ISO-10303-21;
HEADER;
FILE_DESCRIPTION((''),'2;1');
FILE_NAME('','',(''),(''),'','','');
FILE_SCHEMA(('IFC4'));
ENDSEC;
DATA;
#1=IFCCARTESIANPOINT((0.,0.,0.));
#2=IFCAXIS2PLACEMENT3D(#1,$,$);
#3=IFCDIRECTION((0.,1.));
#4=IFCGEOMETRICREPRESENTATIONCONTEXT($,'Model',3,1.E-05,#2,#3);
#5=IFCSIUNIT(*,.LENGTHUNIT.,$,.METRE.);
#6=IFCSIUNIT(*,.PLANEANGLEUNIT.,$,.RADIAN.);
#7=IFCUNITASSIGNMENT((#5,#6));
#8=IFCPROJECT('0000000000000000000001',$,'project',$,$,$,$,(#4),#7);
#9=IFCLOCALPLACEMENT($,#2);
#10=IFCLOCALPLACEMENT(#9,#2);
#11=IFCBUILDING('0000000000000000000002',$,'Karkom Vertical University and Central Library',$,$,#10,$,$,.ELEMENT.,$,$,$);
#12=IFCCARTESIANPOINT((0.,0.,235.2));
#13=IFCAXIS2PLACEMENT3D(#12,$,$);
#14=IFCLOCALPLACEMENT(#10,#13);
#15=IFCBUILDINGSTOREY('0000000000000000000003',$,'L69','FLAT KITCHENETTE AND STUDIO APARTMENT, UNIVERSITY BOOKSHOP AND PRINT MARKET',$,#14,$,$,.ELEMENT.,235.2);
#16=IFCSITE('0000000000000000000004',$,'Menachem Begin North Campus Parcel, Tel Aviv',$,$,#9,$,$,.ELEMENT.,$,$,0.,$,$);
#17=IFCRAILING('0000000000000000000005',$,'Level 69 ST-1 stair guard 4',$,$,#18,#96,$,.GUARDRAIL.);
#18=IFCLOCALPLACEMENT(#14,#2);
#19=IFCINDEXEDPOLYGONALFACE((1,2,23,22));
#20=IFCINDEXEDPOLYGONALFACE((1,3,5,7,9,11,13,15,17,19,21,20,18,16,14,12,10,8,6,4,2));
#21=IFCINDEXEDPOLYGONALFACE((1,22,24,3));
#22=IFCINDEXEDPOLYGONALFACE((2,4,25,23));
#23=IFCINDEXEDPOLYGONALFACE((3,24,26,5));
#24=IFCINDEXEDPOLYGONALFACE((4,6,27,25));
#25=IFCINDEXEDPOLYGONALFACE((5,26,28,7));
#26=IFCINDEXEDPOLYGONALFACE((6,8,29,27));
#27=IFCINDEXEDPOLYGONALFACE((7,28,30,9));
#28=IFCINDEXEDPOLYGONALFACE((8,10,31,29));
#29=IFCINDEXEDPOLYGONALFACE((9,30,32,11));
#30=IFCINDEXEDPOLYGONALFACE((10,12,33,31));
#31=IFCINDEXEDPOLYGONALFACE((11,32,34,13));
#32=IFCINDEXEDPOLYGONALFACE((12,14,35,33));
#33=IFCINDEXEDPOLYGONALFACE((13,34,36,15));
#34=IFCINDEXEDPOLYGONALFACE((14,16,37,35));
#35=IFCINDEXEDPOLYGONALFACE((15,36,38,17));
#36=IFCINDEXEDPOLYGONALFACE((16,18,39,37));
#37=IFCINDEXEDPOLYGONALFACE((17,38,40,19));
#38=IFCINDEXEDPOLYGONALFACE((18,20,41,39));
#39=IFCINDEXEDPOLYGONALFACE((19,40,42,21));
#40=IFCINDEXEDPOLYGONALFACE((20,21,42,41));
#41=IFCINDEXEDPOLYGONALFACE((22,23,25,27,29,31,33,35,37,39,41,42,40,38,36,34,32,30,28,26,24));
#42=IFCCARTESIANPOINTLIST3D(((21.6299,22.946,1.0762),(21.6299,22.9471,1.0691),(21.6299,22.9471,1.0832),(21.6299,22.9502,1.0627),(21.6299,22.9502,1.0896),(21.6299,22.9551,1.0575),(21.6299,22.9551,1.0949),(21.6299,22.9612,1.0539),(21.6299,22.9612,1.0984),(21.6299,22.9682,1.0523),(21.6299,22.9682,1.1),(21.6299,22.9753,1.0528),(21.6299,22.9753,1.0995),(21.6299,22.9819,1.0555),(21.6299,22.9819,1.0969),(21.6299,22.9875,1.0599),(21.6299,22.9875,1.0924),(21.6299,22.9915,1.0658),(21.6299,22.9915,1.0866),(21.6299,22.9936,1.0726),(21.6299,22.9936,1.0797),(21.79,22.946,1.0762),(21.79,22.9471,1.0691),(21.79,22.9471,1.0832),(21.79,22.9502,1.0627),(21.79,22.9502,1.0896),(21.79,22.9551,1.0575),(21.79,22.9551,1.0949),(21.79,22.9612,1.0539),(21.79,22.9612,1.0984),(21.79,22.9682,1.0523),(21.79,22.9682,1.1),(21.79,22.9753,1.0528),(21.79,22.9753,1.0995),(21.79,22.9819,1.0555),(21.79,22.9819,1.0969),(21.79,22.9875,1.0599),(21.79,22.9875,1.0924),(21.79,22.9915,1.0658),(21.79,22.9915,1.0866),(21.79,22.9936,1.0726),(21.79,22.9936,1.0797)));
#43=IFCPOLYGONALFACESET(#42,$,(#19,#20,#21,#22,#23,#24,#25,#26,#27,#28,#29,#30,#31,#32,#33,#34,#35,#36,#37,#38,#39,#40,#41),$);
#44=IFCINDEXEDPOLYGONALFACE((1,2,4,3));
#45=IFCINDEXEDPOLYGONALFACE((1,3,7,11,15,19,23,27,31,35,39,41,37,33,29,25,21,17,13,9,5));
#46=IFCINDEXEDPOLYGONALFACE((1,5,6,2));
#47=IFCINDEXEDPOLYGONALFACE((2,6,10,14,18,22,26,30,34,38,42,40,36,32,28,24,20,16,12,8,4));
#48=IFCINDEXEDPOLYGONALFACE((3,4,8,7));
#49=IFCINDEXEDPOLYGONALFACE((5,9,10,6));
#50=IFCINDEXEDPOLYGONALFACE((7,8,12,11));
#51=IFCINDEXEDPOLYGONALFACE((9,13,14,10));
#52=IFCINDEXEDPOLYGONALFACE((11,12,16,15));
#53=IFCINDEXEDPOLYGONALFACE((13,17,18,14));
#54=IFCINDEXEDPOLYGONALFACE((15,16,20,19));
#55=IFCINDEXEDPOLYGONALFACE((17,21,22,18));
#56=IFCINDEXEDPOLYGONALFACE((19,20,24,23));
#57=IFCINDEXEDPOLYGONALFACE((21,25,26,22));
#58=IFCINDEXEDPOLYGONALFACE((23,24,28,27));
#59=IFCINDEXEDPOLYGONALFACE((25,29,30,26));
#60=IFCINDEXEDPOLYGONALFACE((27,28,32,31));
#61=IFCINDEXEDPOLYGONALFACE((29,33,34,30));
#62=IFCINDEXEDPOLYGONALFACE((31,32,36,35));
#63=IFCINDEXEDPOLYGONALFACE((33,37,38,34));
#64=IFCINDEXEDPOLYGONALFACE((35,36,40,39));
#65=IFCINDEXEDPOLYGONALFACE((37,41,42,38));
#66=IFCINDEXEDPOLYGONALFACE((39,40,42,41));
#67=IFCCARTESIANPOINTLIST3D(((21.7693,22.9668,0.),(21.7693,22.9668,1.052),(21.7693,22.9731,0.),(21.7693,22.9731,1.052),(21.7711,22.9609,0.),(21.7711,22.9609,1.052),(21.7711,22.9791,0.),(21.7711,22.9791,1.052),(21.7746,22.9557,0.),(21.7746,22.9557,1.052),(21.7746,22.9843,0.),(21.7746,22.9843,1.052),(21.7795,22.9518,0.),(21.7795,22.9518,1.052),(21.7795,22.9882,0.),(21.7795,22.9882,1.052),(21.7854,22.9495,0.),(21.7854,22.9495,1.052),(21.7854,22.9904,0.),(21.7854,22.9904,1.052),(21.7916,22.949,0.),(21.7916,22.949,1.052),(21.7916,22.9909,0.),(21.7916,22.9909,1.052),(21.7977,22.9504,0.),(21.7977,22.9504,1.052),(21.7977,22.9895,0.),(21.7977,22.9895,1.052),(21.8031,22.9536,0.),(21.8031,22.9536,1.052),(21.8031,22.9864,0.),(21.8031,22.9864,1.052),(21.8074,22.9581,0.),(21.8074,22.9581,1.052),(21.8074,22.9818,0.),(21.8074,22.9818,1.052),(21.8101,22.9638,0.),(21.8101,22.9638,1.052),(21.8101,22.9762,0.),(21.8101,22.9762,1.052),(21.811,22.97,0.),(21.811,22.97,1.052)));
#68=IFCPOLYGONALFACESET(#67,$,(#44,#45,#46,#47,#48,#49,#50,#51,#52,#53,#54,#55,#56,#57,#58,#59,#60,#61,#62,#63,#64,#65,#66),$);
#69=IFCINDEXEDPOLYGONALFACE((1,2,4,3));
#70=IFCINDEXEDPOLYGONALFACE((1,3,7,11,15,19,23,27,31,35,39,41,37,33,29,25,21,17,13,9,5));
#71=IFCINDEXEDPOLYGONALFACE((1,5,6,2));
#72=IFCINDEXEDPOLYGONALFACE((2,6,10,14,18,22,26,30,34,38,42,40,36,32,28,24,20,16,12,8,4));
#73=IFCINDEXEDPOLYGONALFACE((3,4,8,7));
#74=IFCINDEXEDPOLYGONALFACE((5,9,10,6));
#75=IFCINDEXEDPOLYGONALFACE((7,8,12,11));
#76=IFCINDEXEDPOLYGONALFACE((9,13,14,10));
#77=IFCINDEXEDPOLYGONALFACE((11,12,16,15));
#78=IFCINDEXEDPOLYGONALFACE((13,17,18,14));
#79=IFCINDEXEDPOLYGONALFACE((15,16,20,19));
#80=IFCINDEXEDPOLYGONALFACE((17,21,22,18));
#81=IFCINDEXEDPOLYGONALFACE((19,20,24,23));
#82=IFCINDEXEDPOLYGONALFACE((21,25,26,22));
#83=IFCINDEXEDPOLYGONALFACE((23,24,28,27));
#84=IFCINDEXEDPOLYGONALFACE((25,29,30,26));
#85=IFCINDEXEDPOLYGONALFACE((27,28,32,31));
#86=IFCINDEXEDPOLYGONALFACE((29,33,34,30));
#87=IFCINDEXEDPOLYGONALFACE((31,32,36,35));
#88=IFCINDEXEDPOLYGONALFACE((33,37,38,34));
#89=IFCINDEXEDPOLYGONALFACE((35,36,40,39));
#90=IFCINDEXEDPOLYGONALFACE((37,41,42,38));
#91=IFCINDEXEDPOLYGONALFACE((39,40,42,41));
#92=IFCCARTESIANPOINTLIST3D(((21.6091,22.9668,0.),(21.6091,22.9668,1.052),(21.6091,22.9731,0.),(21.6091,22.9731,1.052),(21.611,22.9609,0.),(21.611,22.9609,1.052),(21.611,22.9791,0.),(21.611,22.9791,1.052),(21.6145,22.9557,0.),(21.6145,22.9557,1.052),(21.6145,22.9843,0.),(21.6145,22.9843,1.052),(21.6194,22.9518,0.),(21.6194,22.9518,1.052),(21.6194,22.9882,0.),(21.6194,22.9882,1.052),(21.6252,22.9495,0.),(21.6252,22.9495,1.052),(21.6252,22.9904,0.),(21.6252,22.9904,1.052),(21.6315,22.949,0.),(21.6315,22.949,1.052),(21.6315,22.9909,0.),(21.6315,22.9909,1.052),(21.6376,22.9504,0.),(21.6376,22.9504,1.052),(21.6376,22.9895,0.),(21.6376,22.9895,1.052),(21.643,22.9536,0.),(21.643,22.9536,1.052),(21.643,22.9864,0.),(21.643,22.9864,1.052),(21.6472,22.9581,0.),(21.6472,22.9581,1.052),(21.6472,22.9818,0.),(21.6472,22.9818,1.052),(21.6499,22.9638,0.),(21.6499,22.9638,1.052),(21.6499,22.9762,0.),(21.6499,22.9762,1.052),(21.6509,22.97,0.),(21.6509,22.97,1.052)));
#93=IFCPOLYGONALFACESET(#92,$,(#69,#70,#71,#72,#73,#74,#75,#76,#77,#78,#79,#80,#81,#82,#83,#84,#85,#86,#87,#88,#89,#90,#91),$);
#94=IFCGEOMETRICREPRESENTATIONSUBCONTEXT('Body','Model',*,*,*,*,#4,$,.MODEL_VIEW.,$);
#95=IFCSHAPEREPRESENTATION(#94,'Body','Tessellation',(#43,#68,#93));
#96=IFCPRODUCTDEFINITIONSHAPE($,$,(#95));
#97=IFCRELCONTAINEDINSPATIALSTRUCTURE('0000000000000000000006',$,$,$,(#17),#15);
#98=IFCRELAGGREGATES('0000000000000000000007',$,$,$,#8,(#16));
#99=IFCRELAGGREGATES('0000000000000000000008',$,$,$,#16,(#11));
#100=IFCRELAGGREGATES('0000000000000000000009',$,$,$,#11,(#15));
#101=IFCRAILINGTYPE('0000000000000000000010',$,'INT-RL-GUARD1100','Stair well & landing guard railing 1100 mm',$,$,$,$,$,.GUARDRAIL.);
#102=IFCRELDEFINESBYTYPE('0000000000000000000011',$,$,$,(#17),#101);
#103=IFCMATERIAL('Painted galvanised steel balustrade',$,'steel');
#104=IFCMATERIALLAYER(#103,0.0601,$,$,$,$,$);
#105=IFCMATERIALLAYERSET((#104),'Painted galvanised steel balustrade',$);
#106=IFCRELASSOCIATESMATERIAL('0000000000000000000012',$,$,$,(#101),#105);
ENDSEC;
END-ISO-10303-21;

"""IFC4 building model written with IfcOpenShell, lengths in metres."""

from ifc_helpers import new_model, si_unit, direction, frame, origin, origin_2d, place, context, subcontext, project, spatial, circle, extrude, material, layer, layer_set, type_object, element, save


model = new_model("IFC4")

# Units and contexts
model_context = context("Model", 3, precision=1e-05, world=origin(), true_north=direction((0.0, 1.0)))
body_context = subcontext(model_context, "Body", "Model", "MODEL_VIEW")
ifc_project = project(units=[si_unit("LENGTHUNIT", "METRE"), si_unit("PLANEANGLEUNIT", "RADIAN")], contexts=[model_context])

# Site, building, storey
site_placement = place(None, origin())
site = spatial("IfcSite", under=ifc_project, at=site_placement, Name="Menachem Begin North Campus Parcel, Tel Aviv", CompositionType="ELEMENT", RefElevation=0.0)
building_placement = place(site_placement, origin())
building = spatial("IfcBuilding", under=site, at=building_placement, Name="Karkom Vertical University and Central Library", CompositionType="ELEMENT")
storey_placement = place(building_placement, frame((0.0, 0.0, 235.2)))
storey = spatial("IfcBuildingStorey", under=building, at=storey_placement, Name="L69", Description="FLAT KITCHENETTE AND STUDIO APARTMENT, UNIVERSITY BOOKSHOP AND PRINT MARKET", CompositionType="ELEMENT", Elevation=235.2)

# Railing
ifc_material_1 = material(Name="Painted galvanised steel balustrade", Category="steel")
ifc_layer_1 = layer(ifc_material_1, 0.0601)
ifc_layer_set_1 = layer_set([ifc_layer_1], Name="Painted galvanised steel balustrade")
railing_type_1 = type_object("IfcRailingType", Name="INT-RL-GUARD1100", Description="Stair well & landing guard railing 1100 mm", PredefinedType="GUARDRAIL", material=ifc_layer_set_1)
railing_1_placement = place(storey_placement, frame((21.79, 22.97, 0.0)))
element("IfcRailing", 1, at=railing_1_placement, inside=storey, type_object=railing_type_1, Name="Level 69 ST-1 stair guard 4", PredefinedType="GUARDRAIL", context=body_context, shape_type="SweptSolid", body=[
    extrude(circle(Radius=0.0239, at=origin_2d()), frame((0.0, 0.0, 1.0762), z_axis=(-1.0, 0.0, 0.0), x_axis=(0.0, -1.0, 0.0)), (0.0, 0.0, 1.0), 0.1602),
    extrude(circle(Radius=0.021, at=origin_2d()), origin(), (0.0, 0.0, 1.0), 1.052),
    extrude(circle(Radius=0.021, at=origin_2d()), frame((-0.1602, 0.0, 0.0)), (0.0, 0.0, 1.0), 1.052),
])

save(model, "model.ifc")
